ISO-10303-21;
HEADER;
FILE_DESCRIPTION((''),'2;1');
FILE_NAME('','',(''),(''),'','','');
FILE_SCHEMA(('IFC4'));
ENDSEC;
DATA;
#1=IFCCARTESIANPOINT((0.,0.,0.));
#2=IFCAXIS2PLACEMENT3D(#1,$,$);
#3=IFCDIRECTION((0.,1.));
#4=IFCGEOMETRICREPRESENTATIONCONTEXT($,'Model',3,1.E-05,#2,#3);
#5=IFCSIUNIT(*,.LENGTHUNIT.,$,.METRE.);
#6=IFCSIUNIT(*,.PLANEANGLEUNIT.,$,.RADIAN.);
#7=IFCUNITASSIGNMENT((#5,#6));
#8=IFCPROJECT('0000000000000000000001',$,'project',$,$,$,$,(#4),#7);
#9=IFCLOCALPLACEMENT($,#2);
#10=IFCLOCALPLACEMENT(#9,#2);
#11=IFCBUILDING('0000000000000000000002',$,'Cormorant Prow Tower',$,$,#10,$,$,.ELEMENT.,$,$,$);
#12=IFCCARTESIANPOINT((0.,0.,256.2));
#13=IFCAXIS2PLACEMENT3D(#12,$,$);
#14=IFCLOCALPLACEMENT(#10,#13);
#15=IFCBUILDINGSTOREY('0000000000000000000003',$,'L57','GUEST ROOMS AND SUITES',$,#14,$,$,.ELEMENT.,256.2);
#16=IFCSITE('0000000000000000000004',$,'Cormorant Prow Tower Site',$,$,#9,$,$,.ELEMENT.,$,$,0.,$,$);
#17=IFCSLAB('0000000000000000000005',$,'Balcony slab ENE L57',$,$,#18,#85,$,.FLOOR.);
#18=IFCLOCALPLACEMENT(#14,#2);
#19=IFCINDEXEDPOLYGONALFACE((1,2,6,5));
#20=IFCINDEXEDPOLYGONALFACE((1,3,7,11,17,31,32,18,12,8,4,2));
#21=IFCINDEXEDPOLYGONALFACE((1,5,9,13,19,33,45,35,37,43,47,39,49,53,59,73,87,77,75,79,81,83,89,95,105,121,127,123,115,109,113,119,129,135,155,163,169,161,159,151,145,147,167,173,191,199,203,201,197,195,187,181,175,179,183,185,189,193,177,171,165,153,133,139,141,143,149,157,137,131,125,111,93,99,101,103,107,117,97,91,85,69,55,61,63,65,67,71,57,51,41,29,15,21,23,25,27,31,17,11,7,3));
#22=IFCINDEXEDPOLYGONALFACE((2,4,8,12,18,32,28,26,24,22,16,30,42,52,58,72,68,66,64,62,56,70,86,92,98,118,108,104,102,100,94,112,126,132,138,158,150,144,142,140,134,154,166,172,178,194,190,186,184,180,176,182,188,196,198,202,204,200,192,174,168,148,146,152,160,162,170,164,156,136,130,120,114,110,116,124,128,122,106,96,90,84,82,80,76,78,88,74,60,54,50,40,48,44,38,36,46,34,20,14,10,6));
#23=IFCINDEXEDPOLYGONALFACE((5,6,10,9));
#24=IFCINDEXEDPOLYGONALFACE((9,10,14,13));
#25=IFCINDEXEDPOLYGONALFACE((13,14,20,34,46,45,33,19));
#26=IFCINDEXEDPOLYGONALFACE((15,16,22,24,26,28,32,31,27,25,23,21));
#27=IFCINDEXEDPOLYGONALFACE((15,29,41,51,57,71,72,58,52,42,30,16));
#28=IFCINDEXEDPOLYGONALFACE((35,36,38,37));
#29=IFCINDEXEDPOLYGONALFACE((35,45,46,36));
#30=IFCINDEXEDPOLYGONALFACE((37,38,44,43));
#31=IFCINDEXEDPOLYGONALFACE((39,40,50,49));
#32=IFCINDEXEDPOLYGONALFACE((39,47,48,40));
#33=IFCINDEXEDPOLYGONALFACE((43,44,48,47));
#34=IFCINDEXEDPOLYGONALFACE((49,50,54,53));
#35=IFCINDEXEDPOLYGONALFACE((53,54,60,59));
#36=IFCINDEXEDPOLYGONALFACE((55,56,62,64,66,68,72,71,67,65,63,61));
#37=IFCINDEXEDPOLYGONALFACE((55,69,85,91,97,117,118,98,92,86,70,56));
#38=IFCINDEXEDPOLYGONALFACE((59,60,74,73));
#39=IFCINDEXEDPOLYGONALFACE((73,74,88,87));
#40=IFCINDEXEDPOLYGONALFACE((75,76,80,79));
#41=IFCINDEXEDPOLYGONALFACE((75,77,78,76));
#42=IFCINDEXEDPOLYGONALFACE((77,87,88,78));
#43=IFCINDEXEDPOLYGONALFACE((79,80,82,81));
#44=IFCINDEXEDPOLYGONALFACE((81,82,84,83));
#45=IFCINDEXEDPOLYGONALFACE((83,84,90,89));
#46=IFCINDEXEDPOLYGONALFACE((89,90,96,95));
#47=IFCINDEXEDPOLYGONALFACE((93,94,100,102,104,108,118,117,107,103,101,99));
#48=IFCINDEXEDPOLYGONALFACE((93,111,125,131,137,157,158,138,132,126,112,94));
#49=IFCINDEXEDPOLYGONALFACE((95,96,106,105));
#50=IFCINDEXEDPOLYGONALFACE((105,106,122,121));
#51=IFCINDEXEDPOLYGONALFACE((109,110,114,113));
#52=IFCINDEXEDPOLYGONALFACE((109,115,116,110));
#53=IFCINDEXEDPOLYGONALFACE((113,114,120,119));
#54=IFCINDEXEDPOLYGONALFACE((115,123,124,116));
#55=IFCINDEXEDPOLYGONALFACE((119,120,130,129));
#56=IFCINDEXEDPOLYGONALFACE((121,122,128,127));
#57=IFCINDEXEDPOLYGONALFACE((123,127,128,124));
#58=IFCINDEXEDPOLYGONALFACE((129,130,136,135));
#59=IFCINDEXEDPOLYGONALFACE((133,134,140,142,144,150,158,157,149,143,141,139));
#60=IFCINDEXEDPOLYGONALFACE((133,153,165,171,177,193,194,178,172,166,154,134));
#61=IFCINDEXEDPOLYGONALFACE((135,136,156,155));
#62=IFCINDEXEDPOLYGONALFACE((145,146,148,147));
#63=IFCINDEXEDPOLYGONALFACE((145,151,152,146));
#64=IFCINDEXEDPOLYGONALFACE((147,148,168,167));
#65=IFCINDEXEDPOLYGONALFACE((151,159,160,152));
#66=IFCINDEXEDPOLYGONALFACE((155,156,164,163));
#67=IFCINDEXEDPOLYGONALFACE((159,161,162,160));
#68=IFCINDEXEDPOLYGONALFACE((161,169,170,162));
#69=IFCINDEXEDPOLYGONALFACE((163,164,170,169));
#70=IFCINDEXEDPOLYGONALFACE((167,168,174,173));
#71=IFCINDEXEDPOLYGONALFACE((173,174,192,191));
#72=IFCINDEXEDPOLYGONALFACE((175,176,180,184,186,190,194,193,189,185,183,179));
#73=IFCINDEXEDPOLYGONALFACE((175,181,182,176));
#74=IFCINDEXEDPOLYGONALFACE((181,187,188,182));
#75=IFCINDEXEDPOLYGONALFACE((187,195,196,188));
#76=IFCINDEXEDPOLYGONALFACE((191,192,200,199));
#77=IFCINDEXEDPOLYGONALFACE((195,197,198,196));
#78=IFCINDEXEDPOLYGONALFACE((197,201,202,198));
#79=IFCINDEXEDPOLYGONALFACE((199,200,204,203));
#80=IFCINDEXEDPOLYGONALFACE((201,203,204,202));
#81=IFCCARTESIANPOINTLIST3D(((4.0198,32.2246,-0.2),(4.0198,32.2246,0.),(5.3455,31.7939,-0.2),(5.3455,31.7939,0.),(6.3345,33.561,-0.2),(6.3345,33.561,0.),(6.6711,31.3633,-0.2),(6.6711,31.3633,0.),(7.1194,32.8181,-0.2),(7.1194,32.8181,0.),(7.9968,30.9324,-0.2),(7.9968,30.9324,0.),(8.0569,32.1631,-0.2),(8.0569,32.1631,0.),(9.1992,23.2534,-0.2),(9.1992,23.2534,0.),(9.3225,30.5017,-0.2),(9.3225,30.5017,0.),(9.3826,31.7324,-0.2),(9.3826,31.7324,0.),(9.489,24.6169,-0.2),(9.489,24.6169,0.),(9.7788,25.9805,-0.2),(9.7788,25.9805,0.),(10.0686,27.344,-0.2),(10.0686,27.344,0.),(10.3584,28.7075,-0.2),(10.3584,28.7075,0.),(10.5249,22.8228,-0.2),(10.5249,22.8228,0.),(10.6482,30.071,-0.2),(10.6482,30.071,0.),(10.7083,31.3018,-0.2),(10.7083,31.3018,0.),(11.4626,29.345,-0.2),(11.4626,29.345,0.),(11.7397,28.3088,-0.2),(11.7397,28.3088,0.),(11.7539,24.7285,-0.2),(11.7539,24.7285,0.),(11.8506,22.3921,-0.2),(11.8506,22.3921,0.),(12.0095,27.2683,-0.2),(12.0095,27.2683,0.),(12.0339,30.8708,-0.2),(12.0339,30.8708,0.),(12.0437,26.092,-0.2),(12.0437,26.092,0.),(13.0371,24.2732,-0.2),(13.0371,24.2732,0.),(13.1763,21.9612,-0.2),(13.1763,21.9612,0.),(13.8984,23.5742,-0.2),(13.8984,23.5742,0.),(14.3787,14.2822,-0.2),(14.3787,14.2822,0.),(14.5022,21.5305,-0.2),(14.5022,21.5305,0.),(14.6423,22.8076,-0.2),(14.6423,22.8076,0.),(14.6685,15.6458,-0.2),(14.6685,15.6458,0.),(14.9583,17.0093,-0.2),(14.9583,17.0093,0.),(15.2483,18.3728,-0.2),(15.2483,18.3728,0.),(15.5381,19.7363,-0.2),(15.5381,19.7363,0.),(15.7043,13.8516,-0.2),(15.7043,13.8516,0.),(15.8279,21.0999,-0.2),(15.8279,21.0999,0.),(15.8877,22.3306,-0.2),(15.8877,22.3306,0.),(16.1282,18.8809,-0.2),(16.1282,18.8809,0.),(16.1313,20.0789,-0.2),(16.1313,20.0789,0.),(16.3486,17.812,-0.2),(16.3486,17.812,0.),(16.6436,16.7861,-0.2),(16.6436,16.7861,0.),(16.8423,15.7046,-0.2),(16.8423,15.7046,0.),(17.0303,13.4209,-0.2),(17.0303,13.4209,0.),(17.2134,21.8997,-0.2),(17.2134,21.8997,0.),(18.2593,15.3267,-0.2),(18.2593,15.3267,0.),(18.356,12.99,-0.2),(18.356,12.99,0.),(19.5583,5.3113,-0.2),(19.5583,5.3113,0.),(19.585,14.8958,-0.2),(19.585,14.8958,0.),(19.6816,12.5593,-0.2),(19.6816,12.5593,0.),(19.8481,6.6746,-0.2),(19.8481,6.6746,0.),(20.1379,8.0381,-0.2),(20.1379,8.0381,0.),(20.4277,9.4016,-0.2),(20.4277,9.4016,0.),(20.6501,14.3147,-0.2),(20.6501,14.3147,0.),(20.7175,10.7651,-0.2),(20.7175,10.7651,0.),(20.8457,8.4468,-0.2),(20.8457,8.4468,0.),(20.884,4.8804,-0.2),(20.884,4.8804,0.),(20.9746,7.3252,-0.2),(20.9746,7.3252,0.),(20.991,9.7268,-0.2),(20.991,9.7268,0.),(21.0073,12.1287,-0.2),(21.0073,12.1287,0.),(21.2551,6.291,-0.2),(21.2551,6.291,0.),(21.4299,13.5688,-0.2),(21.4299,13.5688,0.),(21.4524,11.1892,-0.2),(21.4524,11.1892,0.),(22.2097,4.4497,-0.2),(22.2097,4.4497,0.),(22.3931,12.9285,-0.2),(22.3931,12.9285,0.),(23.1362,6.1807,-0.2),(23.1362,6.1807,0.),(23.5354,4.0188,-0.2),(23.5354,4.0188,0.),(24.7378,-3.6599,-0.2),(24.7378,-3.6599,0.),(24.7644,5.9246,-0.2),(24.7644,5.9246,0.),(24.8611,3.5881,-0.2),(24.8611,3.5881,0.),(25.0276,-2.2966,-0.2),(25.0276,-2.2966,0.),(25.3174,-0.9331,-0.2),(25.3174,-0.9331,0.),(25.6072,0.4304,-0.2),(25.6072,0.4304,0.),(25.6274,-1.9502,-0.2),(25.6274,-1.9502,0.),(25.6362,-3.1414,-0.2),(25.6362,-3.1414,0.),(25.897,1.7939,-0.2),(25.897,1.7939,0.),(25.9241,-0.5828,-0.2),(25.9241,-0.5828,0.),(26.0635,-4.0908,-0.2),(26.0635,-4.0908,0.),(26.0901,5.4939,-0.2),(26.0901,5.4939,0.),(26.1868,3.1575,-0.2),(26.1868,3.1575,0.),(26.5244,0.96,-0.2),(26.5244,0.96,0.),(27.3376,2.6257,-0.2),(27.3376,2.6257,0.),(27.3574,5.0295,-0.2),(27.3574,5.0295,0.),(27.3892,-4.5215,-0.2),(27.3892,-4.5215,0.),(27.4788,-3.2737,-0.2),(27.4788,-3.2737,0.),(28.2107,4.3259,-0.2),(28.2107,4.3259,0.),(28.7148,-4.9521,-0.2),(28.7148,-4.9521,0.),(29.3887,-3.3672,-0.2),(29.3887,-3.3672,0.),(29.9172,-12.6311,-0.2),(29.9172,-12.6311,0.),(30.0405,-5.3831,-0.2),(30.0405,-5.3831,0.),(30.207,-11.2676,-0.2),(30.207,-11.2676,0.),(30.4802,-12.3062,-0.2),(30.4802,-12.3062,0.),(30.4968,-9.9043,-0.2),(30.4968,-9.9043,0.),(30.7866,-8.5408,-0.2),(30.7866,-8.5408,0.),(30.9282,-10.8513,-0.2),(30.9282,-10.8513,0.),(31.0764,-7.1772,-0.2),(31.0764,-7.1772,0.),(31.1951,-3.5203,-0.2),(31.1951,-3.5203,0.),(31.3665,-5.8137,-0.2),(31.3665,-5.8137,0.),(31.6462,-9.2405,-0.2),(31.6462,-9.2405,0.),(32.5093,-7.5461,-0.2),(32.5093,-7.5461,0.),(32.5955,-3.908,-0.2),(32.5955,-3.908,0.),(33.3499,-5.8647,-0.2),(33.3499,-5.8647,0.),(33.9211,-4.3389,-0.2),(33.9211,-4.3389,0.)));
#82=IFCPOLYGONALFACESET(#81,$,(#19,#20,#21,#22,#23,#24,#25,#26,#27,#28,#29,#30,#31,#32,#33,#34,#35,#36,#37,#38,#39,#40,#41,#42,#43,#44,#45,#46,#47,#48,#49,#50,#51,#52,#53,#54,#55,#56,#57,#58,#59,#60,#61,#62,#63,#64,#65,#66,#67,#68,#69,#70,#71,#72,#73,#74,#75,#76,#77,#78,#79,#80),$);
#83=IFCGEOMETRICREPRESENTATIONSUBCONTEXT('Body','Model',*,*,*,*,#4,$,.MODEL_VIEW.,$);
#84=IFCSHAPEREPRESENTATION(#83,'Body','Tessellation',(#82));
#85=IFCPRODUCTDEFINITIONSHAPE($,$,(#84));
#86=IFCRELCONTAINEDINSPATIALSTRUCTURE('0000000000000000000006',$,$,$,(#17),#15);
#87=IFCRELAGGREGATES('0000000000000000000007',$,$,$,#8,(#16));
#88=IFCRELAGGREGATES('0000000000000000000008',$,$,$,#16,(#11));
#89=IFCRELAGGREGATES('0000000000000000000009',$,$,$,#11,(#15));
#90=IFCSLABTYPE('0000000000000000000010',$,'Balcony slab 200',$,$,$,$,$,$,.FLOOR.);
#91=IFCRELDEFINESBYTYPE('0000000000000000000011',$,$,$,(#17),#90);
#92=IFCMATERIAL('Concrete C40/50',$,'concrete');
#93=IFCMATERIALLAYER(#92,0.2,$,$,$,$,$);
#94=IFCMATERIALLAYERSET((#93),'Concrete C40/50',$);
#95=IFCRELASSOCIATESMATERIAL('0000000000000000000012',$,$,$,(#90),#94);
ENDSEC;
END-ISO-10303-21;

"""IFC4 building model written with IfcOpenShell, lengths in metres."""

from ifc_helpers import new_model, si_unit, direction, frame, origin, place, context, subcontext, project, spatial, polyline, outline, extrude, material, layer, layer_set, type_object, element, save


model = new_model("IFC4")

# Units and contexts
model_context = context("Model", 3, precision=1e-05, world=origin(), true_north=direction((0.0, 1.0)))
body_context = subcontext(model_context, "Body", "Model", "MODEL_VIEW")
ifc_project = project(units=[si_unit("LENGTHUNIT", "METRE"), si_unit("PLANEANGLEUNIT", "RADIAN")], contexts=[model_context])

# Site, building, storey
site_placement = place(None, origin())
site = spatial("IfcSite", under=ifc_project, at=site_placement, Name="Cormorant Prow Tower Site", CompositionType="ELEMENT", RefElevation=0.0)
building_placement = place(site_placement, origin())
building = spatial("IfcBuilding", under=site, at=building_placement, Name="Cormorant Prow Tower", CompositionType="ELEMENT")
storey_placement = place(building_placement, frame((0.0, 0.0, 256.2)))
storey = spatial("IfcBuildingStorey", under=building, at=storey_placement, Name="L57", Description="GUEST ROOMS AND SUITES", CompositionType="ELEMENT", Elevation=256.2)

# Slab
ifc_material_1 = material(Name="Concrete C40/50", Category="concrete")
ifc_layer_1 = layer(ifc_material_1, 0.2)
ifc_layer_set_1 = layer_set([ifc_layer_1], Name="Concrete C40/50")
slab_type_1 = type_object("IfcSlabType", Name="Balcony slab 200", PredefinedType="FLOOR", material=ifc_layer_set_1)
slab_1_placement = place(storey_placement, frame((0.0, 0.0, -0.2)))
element("IfcSlab", 1, at=slab_1_placement, inside=storey, type_object=slab_type_1, Name="Balcony slab ENE L57", PredefinedType="FLOOR", context=body_context, shape_type="SweptSolid", body=[
    extrude(outline(polyline([(29.9172, -12.6311), (30.4802, -12.3062), (30.9282, -10.8513), (31.6462, -9.2405), (32.5093, -7.5461), (33.3499, -5.8647), (33.9211, -4.3389), (32.5955, -3.908), (31.1951, -3.5203), (29.3887, -3.3672), (27.4788, -3.2737), (25.6362, -3.1414), (25.6274, -1.9502), (25.9241, -0.5828), (26.5244, 0.96), (27.3376, 2.6257), (28.2107, 4.3259), (27.3574, 5.0295), (26.0901, 5.4939), (24.7644, 5.9246), (23.1362, 6.1807), (21.2551, 6.291), (20.9746, 7.3252), (20.8457, 8.4468), (20.991, 9.7268), (21.4524, 11.1892), (22.3931, 12.9285), (21.4299, 13.5688), (20.6501, 14.3147), (19.585, 14.8958), (18.2593, 15.3267), (16.8423, 15.7046), (16.6436, 16.7861), (16.3486, 17.812), (16.1282, 18.8809), (16.1313, 20.0789), (17.2134, 21.8997), (15.8877, 22.3306), (14.6423, 22.8076), (13.8984, 23.5742), (13.0371, 24.2732), (11.7539, 24.7285), (12.0437, 26.092), (12.0095, 27.2683), (11.7397, 28.3088), (11.4626, 29.345), (12.0339, 30.8708), (10.7083, 31.3018), (9.3826, 31.7324), (8.0569, 32.1631), (7.1194, 32.8181), (6.3345, 33.561), (4.0198, 32.2246), (5.3455, 31.7939), (6.6711, 31.3633), (7.9968, 30.9324), (9.3225, 30.5017), (10.6482, 30.071), (10.3584, 28.7075), (10.0686, 27.344), (9.7788, 25.9805), (9.489, 24.6169), (9.1992, 23.2534), (10.5249, 22.8228), (11.8506, 22.3921), (13.1763, 21.9612), (14.5022, 21.5305), (15.8279, 21.0999), (15.5381, 19.7363), (15.2483, 18.3728), (14.9583, 17.0093), (14.6685, 15.6458), (14.3787, 14.2822), (15.7043, 13.8516), (17.0303, 13.4209), (18.356, 12.99), (19.6816, 12.5593), (21.0073, 12.1287), (20.7175, 10.7651), (20.4277, 9.4016), (20.1379, 8.0381), (19.8481, 6.6746), (19.5583, 5.3113), (20.884, 4.8804), (22.2097, 4.4497), (23.5354, 4.0188), (24.8611, 3.5881), (26.1868, 3.1575), (25.897, 1.7939), (25.6072, 0.4304), (25.3174, -0.9331), (25.0276, -2.2966), (24.7378, -3.6599), (26.0635, -4.0908), (27.3892, -4.5215), (28.7148, -4.9521), (30.0405, -5.3831), (31.3665, -5.8137), (31.0764, -7.1772), (30.7866, -8.5408), (30.4968, -9.9043), (30.207, -11.2676), (29.9172, -12.6311)])), origin(), (0.0, 0.0, 1.0), 0.2),
])

save(model, "model.ifc")
